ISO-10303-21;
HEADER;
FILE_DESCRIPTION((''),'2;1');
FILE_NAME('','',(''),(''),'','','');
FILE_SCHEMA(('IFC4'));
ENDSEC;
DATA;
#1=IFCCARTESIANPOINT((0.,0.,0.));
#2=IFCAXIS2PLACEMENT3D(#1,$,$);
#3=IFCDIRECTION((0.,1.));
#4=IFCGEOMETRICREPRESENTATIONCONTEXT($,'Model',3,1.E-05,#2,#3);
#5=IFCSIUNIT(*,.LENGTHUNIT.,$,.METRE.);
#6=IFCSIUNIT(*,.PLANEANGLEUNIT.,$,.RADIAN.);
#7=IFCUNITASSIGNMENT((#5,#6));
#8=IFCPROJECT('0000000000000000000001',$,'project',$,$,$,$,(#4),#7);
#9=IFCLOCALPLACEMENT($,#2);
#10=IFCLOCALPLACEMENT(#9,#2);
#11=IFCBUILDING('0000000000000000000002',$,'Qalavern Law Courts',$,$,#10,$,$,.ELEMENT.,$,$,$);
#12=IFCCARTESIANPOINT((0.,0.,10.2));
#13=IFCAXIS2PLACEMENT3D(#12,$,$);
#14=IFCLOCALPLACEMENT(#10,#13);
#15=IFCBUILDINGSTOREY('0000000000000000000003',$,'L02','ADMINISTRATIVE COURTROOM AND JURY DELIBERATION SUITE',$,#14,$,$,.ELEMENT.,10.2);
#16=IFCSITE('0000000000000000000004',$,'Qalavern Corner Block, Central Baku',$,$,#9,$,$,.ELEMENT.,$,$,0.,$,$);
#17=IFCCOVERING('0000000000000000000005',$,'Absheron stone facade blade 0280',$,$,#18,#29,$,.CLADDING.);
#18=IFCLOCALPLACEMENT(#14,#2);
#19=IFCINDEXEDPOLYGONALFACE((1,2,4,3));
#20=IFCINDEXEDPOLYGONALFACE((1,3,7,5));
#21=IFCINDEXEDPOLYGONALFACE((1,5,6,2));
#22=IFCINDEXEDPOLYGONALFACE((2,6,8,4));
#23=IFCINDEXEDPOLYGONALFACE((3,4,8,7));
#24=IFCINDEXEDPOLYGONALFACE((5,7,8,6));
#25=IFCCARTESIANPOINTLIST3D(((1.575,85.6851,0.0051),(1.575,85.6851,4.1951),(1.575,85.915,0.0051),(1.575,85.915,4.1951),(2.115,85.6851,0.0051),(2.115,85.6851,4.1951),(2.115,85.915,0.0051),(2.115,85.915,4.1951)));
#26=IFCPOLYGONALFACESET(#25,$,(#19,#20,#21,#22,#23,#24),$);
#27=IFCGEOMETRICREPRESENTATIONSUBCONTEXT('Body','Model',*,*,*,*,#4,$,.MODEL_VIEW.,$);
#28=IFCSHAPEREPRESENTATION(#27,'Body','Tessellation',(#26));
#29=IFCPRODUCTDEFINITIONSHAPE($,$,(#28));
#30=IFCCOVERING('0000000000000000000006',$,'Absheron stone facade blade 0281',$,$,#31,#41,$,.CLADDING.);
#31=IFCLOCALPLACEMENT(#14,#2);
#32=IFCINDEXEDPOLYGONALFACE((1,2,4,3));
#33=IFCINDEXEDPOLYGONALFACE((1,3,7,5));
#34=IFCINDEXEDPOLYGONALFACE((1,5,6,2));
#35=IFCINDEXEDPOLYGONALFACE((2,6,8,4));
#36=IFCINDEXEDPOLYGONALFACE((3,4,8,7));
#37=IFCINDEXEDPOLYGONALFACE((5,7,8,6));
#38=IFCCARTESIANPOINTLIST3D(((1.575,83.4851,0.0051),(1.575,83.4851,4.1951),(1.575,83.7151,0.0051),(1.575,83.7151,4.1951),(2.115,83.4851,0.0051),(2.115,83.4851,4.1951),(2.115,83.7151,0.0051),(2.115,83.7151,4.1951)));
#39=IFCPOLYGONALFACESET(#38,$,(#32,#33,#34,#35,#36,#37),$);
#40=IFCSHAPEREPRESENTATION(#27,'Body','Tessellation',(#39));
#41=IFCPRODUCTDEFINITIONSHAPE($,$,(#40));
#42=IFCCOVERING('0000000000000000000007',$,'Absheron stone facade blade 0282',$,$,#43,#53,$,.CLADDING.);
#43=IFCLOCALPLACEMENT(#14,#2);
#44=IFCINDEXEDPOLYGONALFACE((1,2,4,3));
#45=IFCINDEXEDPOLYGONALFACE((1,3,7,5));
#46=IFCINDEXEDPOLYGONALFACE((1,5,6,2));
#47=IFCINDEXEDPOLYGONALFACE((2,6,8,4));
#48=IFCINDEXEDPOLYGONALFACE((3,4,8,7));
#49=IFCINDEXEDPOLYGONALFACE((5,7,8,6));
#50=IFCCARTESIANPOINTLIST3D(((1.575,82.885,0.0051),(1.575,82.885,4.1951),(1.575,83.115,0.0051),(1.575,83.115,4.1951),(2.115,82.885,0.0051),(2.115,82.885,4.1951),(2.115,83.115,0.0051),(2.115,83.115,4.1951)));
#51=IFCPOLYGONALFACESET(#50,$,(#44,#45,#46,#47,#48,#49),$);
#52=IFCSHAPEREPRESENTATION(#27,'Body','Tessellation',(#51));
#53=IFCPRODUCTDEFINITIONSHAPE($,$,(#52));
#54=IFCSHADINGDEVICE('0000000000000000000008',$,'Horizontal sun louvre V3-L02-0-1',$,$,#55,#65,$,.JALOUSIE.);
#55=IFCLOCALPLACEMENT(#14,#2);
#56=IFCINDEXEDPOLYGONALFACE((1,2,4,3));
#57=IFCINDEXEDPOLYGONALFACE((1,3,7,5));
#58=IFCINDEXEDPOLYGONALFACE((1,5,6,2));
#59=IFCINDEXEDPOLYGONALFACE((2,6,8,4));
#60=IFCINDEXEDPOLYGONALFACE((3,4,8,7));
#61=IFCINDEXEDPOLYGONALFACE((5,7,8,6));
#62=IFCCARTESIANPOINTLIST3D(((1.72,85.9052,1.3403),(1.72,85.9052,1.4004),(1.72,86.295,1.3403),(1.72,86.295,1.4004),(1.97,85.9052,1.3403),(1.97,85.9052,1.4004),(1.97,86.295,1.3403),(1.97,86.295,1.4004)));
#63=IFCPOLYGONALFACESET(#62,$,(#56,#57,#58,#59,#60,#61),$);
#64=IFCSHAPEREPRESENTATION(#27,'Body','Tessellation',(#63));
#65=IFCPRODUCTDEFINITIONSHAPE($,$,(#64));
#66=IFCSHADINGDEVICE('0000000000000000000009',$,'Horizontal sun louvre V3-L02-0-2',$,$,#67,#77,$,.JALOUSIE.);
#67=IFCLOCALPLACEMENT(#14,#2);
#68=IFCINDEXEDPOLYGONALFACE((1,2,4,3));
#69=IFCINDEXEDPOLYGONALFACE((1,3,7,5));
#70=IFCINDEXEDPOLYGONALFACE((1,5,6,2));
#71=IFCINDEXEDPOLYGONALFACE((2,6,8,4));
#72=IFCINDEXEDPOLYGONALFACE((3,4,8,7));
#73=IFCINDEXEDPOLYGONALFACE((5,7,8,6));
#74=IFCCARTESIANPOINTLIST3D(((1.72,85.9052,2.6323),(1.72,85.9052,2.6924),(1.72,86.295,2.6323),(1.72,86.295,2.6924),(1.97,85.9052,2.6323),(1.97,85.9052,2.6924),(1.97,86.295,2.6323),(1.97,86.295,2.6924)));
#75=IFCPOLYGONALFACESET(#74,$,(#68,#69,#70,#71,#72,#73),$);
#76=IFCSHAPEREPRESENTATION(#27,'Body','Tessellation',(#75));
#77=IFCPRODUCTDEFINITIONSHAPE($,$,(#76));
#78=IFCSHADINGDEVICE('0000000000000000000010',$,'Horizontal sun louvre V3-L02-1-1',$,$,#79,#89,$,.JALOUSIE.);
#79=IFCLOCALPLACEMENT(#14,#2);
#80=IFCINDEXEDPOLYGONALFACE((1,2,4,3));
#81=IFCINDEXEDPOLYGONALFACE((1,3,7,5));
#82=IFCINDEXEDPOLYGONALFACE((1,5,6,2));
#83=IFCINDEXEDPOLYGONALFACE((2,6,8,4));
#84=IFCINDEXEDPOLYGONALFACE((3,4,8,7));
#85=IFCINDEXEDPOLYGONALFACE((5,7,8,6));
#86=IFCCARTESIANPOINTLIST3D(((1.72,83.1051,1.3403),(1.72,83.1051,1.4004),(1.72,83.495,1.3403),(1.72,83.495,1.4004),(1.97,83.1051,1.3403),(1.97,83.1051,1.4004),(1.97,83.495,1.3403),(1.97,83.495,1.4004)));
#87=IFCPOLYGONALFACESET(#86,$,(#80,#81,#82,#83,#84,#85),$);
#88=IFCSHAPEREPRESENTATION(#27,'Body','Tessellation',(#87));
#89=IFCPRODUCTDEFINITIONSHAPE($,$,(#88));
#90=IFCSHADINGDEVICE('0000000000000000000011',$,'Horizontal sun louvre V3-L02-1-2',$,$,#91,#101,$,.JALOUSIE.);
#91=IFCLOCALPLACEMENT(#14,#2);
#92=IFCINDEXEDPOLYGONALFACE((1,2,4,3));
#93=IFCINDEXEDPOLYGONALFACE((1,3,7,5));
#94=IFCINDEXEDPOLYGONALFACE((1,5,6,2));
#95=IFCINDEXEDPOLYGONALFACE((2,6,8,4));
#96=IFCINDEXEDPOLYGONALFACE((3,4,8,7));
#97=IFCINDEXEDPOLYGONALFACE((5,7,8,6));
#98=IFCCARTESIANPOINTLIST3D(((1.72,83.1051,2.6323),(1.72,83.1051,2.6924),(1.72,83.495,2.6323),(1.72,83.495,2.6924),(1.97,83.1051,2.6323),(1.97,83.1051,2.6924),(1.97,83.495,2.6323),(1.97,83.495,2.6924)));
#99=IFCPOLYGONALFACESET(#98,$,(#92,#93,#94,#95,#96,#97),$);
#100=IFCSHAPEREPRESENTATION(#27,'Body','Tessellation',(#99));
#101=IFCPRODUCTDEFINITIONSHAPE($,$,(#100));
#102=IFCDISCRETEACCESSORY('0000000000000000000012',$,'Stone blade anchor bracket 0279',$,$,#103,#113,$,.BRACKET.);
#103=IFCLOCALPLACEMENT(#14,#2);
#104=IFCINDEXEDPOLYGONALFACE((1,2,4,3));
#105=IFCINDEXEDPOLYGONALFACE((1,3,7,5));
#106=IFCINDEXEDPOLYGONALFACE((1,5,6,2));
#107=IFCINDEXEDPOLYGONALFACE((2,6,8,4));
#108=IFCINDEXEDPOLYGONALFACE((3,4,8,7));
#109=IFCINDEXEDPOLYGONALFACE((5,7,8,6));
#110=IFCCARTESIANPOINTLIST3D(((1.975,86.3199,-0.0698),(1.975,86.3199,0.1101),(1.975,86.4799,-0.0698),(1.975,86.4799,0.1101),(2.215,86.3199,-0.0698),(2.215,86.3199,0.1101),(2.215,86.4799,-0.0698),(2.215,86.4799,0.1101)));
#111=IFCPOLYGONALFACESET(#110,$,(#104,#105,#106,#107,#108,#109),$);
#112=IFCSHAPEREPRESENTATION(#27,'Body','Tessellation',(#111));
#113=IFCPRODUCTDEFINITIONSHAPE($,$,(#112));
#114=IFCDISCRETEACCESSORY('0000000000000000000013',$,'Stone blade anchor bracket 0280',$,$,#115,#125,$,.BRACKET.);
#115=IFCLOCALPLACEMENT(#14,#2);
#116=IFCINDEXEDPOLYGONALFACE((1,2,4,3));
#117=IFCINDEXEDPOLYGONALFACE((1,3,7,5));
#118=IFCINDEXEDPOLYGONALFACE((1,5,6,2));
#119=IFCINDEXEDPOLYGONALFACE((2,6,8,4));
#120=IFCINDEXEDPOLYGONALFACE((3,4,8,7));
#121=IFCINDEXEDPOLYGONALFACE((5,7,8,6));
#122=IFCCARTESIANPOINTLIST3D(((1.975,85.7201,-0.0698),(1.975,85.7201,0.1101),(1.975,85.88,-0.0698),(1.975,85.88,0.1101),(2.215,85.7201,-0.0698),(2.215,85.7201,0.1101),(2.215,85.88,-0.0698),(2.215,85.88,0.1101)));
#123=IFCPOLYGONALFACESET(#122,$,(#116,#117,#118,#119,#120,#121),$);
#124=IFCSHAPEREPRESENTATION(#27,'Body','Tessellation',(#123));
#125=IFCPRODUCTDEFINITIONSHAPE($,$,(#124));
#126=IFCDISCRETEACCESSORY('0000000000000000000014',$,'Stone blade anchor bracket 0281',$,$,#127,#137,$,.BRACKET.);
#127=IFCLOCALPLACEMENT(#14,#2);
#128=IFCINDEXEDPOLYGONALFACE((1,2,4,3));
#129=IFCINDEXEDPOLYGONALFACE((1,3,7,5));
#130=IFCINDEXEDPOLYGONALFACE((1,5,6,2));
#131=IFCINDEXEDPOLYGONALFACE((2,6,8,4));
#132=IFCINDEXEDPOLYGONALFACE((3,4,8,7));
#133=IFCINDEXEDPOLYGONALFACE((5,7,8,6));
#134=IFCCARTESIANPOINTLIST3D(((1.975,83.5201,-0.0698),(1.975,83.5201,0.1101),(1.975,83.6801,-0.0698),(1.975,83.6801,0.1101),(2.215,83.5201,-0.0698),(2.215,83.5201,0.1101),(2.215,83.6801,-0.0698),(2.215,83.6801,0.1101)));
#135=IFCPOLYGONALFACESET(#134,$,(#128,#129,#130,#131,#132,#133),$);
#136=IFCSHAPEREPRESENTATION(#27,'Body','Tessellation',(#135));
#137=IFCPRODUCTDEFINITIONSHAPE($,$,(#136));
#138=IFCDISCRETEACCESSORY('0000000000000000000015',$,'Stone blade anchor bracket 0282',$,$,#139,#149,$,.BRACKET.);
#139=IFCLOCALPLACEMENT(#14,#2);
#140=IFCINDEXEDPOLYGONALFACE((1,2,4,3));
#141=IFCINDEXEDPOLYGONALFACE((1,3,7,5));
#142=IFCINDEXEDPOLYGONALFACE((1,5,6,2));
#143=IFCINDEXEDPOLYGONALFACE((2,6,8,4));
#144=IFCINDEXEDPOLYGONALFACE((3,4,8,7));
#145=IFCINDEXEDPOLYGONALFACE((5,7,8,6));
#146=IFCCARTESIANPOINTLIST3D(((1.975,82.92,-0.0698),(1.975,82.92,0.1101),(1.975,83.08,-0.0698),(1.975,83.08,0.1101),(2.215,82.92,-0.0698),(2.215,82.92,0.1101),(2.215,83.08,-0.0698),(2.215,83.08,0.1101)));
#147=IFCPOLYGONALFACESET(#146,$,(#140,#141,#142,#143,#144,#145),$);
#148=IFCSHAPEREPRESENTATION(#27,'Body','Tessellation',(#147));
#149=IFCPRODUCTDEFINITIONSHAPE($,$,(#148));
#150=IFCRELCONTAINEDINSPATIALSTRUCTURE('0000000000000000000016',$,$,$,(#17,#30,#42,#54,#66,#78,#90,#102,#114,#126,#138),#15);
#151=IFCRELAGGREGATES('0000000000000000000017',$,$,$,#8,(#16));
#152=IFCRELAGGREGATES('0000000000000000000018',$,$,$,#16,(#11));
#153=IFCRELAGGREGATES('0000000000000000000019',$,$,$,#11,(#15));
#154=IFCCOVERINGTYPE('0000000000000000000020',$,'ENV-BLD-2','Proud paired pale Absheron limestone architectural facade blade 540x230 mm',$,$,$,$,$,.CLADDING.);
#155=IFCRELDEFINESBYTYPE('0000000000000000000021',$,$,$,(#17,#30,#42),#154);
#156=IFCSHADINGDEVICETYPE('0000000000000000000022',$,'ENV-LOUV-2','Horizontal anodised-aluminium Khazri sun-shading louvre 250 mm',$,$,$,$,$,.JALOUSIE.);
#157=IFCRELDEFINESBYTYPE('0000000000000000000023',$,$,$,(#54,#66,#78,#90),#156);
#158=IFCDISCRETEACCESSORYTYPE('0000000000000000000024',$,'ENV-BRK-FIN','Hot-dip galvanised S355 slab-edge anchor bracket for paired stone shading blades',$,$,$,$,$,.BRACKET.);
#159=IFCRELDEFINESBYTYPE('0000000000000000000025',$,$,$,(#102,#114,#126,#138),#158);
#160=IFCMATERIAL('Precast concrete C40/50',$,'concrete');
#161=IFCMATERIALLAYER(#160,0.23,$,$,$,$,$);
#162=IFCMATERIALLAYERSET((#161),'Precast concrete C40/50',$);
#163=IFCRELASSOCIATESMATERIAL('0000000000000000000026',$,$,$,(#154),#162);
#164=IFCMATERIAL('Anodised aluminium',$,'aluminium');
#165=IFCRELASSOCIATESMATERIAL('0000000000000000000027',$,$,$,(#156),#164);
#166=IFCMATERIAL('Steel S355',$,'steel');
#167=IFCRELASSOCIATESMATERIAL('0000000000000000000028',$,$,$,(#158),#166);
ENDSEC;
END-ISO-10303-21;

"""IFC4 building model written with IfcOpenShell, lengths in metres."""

from ifc_helpers import new_model, si_unit, direction, frame, origin, origin_2d, place, context, subcontext, project, spatial, rectangle, extrude, material, layer, layer_set, type_object, element, save


model = new_model("IFC4")

# Units and contexts
model_context = context("Model", 3, precision=1e-05, world=origin(), true_north=direction((0.0, 1.0)))
body_context = subcontext(model_context, "Body", "Model", "MODEL_VIEW")
ifc_project = project(units=[si_unit("LENGTHUNIT", "METRE"), si_unit("PLANEANGLEUNIT", "RADIAN")], contexts=[model_context])

# Site, building, storey
site_placement = place(None, origin())
site = spatial("IfcSite", under=ifc_project, at=site_placement, Name="Qalavern Corner Block, Central Baku", CompositionType="ELEMENT", RefElevation=0.0)
building_placement = place(site_placement, origin())
building = spatial("IfcBuilding", under=site, at=building_placement, Name="Qalavern Law Courts", CompositionType="ELEMENT")
storey_placement = place(building_placement, frame((0.0, 0.0, 10.2)))
storey = spatial("IfcBuildingStorey", under=building, at=storey_placement, Name="L02", Description="ADMINISTRATIVE COURTROOM AND JURY DELIBERATION SUITE", CompositionType="ELEMENT", Elevation=10.2)

# Shared definitions
ifc_material_1 = material(Name="Anodised aluminium", Category="aluminium")

# Coverings
ifc_material_2 = material(Name="Precast concrete C40/50", Category="concrete")
ifc_layer_1 = layer(ifc_material_2, 0.23)
ifc_layer_set_1 = layer_set([ifc_layer_1], Name="Precast concrete C40/50")
covering_type = type_object("IfcCoveringType", Name="ENV-BLD-2", Description="Proud paired pale Absheron limestone architectural facade blade 540x230 mm", PredefinedType="CLADDING", material=ifc_layer_set_1)
for number, where, z_axis, x_axis, name in (
    (1, (1.845, 85.8, 0.0051), (0.0, 0.0, 1.0), (-1.0, 0.0, 0.0), "Absheron stone facade blade 0280"),
    (2, (1.845, 83.6001, 0.0051), (0.0, 0.0, 1.0), (-1.0, 0.0, 0.0), "Absheron stone facade blade 0281"),
    (3, (1.845, 83.0, 0.0051), (0.0, 0.0, 1.0), (-1.0, 0.0, 0.0), "Absheron stone facade blade 0282"),
):
    element("IfcCovering", number, at=place(storey_placement, frame(where, z_axis=z_axis, x_axis=x_axis)), inside=storey, type_object=covering_type, Name=name, PredefinedType="CLADDING", context=body_context, shape_type="SweptSolid", body=[
        extrude(rectangle(XDim=0.54, YDim=0.23, at=origin_2d()), origin(), (0.0, 0.0, 1.0), 4.1899),
    ])

# Shading devices
shading_device_type = type_object("IfcShadingDeviceType", Name="ENV-LOUV-2", Description="Horizontal anodised-aluminium Khazri sun-shading louvre 250 mm", PredefinedType="JALOUSIE", material=ifc_material_1)
for number, where, z_axis, x_axis, name in (
    (4, (1.845, 86.1001, 1.3403), (0.0, 0.0, 1.0), (0.0, -1.0, 0.0), "Horizontal sun louvre V3-L02-0-1"),
    (5, (1.845, 86.1001, 2.6323), (0.0, 0.0, 1.0), (0.0, -1.0, 0.0), "Horizontal sun louvre V3-L02-0-2"),
    (6, (1.845, 83.3, 1.3403), (0.0, 0.0, 1.0), (0.0, -1.0, 0.0), "Horizontal sun louvre V3-L02-1-1"),
    (7, (1.845, 83.3, 2.6323), (0.0, 0.0, 1.0), (0.0, -1.0, 0.0), "Horizontal sun louvre V3-L02-1-2"),
):
    element("IfcShadingDevice", number, at=place(storey_placement, frame(where, z_axis=z_axis, x_axis=x_axis)), inside=storey, type_object=shading_device_type, Name=name, PredefinedType="JALOUSIE", context=body_context, shape_type="SweptSolid", body=[
        extrude(rectangle(XDim=0.3899, YDim=0.25, at=origin_2d()), origin(), (0.0, 0.0, 1.0), 0.0601),
    ])

# Discrete accessories
ifc_material_3 = material(Name="Steel S355", Category="steel")
discrete_accessory_type = type_object("IfcDiscreteAccessoryType", Name="ENV-BRK-FIN", Description="Hot-dip galvanised S355 slab-edge anchor bracket for paired stone shading blades", PredefinedType="BRACKET", material=ifc_material_3)
for number, where, z_axis, x_axis, name in (
    (8, (2.095, 86.3999, -0.0698), (0.0, 0.0, 1.0), (-1.0, 0.0, 0.0), "Stone blade anchor bracket 0279"),
    (9, (2.095, 85.8, -0.0698), (0.0, 0.0, 1.0), (-1.0, 0.0, 0.0), "Stone blade anchor bracket 0280"),
    (10, (2.095, 83.6001, -0.0698), (0.0, 0.0, 1.0), (-1.0, 0.0, 0.0), "Stone blade anchor bracket 0281"),
    (11, (2.095, 83.0, -0.0698), (0.0, 0.0, 1.0), (-1.0, 0.0, 0.0), "Stone blade anchor bracket 0282"),
):
    element("IfcDiscreteAccessory", number, at=place(storey_placement, frame(where, z_axis=z_axis, x_axis=x_axis)), inside=storey, type_object=discrete_accessory_type, Name=name, PredefinedType="BRACKET", context=body_context, shape_type="SweptSolid", body=[
        extrude(rectangle(XDim=0.24, YDim=0.1599, at=origin_2d()), origin(), (0.0, 0.0, 1.0), 0.1799),
    ])

save(model, "model.ifc")
